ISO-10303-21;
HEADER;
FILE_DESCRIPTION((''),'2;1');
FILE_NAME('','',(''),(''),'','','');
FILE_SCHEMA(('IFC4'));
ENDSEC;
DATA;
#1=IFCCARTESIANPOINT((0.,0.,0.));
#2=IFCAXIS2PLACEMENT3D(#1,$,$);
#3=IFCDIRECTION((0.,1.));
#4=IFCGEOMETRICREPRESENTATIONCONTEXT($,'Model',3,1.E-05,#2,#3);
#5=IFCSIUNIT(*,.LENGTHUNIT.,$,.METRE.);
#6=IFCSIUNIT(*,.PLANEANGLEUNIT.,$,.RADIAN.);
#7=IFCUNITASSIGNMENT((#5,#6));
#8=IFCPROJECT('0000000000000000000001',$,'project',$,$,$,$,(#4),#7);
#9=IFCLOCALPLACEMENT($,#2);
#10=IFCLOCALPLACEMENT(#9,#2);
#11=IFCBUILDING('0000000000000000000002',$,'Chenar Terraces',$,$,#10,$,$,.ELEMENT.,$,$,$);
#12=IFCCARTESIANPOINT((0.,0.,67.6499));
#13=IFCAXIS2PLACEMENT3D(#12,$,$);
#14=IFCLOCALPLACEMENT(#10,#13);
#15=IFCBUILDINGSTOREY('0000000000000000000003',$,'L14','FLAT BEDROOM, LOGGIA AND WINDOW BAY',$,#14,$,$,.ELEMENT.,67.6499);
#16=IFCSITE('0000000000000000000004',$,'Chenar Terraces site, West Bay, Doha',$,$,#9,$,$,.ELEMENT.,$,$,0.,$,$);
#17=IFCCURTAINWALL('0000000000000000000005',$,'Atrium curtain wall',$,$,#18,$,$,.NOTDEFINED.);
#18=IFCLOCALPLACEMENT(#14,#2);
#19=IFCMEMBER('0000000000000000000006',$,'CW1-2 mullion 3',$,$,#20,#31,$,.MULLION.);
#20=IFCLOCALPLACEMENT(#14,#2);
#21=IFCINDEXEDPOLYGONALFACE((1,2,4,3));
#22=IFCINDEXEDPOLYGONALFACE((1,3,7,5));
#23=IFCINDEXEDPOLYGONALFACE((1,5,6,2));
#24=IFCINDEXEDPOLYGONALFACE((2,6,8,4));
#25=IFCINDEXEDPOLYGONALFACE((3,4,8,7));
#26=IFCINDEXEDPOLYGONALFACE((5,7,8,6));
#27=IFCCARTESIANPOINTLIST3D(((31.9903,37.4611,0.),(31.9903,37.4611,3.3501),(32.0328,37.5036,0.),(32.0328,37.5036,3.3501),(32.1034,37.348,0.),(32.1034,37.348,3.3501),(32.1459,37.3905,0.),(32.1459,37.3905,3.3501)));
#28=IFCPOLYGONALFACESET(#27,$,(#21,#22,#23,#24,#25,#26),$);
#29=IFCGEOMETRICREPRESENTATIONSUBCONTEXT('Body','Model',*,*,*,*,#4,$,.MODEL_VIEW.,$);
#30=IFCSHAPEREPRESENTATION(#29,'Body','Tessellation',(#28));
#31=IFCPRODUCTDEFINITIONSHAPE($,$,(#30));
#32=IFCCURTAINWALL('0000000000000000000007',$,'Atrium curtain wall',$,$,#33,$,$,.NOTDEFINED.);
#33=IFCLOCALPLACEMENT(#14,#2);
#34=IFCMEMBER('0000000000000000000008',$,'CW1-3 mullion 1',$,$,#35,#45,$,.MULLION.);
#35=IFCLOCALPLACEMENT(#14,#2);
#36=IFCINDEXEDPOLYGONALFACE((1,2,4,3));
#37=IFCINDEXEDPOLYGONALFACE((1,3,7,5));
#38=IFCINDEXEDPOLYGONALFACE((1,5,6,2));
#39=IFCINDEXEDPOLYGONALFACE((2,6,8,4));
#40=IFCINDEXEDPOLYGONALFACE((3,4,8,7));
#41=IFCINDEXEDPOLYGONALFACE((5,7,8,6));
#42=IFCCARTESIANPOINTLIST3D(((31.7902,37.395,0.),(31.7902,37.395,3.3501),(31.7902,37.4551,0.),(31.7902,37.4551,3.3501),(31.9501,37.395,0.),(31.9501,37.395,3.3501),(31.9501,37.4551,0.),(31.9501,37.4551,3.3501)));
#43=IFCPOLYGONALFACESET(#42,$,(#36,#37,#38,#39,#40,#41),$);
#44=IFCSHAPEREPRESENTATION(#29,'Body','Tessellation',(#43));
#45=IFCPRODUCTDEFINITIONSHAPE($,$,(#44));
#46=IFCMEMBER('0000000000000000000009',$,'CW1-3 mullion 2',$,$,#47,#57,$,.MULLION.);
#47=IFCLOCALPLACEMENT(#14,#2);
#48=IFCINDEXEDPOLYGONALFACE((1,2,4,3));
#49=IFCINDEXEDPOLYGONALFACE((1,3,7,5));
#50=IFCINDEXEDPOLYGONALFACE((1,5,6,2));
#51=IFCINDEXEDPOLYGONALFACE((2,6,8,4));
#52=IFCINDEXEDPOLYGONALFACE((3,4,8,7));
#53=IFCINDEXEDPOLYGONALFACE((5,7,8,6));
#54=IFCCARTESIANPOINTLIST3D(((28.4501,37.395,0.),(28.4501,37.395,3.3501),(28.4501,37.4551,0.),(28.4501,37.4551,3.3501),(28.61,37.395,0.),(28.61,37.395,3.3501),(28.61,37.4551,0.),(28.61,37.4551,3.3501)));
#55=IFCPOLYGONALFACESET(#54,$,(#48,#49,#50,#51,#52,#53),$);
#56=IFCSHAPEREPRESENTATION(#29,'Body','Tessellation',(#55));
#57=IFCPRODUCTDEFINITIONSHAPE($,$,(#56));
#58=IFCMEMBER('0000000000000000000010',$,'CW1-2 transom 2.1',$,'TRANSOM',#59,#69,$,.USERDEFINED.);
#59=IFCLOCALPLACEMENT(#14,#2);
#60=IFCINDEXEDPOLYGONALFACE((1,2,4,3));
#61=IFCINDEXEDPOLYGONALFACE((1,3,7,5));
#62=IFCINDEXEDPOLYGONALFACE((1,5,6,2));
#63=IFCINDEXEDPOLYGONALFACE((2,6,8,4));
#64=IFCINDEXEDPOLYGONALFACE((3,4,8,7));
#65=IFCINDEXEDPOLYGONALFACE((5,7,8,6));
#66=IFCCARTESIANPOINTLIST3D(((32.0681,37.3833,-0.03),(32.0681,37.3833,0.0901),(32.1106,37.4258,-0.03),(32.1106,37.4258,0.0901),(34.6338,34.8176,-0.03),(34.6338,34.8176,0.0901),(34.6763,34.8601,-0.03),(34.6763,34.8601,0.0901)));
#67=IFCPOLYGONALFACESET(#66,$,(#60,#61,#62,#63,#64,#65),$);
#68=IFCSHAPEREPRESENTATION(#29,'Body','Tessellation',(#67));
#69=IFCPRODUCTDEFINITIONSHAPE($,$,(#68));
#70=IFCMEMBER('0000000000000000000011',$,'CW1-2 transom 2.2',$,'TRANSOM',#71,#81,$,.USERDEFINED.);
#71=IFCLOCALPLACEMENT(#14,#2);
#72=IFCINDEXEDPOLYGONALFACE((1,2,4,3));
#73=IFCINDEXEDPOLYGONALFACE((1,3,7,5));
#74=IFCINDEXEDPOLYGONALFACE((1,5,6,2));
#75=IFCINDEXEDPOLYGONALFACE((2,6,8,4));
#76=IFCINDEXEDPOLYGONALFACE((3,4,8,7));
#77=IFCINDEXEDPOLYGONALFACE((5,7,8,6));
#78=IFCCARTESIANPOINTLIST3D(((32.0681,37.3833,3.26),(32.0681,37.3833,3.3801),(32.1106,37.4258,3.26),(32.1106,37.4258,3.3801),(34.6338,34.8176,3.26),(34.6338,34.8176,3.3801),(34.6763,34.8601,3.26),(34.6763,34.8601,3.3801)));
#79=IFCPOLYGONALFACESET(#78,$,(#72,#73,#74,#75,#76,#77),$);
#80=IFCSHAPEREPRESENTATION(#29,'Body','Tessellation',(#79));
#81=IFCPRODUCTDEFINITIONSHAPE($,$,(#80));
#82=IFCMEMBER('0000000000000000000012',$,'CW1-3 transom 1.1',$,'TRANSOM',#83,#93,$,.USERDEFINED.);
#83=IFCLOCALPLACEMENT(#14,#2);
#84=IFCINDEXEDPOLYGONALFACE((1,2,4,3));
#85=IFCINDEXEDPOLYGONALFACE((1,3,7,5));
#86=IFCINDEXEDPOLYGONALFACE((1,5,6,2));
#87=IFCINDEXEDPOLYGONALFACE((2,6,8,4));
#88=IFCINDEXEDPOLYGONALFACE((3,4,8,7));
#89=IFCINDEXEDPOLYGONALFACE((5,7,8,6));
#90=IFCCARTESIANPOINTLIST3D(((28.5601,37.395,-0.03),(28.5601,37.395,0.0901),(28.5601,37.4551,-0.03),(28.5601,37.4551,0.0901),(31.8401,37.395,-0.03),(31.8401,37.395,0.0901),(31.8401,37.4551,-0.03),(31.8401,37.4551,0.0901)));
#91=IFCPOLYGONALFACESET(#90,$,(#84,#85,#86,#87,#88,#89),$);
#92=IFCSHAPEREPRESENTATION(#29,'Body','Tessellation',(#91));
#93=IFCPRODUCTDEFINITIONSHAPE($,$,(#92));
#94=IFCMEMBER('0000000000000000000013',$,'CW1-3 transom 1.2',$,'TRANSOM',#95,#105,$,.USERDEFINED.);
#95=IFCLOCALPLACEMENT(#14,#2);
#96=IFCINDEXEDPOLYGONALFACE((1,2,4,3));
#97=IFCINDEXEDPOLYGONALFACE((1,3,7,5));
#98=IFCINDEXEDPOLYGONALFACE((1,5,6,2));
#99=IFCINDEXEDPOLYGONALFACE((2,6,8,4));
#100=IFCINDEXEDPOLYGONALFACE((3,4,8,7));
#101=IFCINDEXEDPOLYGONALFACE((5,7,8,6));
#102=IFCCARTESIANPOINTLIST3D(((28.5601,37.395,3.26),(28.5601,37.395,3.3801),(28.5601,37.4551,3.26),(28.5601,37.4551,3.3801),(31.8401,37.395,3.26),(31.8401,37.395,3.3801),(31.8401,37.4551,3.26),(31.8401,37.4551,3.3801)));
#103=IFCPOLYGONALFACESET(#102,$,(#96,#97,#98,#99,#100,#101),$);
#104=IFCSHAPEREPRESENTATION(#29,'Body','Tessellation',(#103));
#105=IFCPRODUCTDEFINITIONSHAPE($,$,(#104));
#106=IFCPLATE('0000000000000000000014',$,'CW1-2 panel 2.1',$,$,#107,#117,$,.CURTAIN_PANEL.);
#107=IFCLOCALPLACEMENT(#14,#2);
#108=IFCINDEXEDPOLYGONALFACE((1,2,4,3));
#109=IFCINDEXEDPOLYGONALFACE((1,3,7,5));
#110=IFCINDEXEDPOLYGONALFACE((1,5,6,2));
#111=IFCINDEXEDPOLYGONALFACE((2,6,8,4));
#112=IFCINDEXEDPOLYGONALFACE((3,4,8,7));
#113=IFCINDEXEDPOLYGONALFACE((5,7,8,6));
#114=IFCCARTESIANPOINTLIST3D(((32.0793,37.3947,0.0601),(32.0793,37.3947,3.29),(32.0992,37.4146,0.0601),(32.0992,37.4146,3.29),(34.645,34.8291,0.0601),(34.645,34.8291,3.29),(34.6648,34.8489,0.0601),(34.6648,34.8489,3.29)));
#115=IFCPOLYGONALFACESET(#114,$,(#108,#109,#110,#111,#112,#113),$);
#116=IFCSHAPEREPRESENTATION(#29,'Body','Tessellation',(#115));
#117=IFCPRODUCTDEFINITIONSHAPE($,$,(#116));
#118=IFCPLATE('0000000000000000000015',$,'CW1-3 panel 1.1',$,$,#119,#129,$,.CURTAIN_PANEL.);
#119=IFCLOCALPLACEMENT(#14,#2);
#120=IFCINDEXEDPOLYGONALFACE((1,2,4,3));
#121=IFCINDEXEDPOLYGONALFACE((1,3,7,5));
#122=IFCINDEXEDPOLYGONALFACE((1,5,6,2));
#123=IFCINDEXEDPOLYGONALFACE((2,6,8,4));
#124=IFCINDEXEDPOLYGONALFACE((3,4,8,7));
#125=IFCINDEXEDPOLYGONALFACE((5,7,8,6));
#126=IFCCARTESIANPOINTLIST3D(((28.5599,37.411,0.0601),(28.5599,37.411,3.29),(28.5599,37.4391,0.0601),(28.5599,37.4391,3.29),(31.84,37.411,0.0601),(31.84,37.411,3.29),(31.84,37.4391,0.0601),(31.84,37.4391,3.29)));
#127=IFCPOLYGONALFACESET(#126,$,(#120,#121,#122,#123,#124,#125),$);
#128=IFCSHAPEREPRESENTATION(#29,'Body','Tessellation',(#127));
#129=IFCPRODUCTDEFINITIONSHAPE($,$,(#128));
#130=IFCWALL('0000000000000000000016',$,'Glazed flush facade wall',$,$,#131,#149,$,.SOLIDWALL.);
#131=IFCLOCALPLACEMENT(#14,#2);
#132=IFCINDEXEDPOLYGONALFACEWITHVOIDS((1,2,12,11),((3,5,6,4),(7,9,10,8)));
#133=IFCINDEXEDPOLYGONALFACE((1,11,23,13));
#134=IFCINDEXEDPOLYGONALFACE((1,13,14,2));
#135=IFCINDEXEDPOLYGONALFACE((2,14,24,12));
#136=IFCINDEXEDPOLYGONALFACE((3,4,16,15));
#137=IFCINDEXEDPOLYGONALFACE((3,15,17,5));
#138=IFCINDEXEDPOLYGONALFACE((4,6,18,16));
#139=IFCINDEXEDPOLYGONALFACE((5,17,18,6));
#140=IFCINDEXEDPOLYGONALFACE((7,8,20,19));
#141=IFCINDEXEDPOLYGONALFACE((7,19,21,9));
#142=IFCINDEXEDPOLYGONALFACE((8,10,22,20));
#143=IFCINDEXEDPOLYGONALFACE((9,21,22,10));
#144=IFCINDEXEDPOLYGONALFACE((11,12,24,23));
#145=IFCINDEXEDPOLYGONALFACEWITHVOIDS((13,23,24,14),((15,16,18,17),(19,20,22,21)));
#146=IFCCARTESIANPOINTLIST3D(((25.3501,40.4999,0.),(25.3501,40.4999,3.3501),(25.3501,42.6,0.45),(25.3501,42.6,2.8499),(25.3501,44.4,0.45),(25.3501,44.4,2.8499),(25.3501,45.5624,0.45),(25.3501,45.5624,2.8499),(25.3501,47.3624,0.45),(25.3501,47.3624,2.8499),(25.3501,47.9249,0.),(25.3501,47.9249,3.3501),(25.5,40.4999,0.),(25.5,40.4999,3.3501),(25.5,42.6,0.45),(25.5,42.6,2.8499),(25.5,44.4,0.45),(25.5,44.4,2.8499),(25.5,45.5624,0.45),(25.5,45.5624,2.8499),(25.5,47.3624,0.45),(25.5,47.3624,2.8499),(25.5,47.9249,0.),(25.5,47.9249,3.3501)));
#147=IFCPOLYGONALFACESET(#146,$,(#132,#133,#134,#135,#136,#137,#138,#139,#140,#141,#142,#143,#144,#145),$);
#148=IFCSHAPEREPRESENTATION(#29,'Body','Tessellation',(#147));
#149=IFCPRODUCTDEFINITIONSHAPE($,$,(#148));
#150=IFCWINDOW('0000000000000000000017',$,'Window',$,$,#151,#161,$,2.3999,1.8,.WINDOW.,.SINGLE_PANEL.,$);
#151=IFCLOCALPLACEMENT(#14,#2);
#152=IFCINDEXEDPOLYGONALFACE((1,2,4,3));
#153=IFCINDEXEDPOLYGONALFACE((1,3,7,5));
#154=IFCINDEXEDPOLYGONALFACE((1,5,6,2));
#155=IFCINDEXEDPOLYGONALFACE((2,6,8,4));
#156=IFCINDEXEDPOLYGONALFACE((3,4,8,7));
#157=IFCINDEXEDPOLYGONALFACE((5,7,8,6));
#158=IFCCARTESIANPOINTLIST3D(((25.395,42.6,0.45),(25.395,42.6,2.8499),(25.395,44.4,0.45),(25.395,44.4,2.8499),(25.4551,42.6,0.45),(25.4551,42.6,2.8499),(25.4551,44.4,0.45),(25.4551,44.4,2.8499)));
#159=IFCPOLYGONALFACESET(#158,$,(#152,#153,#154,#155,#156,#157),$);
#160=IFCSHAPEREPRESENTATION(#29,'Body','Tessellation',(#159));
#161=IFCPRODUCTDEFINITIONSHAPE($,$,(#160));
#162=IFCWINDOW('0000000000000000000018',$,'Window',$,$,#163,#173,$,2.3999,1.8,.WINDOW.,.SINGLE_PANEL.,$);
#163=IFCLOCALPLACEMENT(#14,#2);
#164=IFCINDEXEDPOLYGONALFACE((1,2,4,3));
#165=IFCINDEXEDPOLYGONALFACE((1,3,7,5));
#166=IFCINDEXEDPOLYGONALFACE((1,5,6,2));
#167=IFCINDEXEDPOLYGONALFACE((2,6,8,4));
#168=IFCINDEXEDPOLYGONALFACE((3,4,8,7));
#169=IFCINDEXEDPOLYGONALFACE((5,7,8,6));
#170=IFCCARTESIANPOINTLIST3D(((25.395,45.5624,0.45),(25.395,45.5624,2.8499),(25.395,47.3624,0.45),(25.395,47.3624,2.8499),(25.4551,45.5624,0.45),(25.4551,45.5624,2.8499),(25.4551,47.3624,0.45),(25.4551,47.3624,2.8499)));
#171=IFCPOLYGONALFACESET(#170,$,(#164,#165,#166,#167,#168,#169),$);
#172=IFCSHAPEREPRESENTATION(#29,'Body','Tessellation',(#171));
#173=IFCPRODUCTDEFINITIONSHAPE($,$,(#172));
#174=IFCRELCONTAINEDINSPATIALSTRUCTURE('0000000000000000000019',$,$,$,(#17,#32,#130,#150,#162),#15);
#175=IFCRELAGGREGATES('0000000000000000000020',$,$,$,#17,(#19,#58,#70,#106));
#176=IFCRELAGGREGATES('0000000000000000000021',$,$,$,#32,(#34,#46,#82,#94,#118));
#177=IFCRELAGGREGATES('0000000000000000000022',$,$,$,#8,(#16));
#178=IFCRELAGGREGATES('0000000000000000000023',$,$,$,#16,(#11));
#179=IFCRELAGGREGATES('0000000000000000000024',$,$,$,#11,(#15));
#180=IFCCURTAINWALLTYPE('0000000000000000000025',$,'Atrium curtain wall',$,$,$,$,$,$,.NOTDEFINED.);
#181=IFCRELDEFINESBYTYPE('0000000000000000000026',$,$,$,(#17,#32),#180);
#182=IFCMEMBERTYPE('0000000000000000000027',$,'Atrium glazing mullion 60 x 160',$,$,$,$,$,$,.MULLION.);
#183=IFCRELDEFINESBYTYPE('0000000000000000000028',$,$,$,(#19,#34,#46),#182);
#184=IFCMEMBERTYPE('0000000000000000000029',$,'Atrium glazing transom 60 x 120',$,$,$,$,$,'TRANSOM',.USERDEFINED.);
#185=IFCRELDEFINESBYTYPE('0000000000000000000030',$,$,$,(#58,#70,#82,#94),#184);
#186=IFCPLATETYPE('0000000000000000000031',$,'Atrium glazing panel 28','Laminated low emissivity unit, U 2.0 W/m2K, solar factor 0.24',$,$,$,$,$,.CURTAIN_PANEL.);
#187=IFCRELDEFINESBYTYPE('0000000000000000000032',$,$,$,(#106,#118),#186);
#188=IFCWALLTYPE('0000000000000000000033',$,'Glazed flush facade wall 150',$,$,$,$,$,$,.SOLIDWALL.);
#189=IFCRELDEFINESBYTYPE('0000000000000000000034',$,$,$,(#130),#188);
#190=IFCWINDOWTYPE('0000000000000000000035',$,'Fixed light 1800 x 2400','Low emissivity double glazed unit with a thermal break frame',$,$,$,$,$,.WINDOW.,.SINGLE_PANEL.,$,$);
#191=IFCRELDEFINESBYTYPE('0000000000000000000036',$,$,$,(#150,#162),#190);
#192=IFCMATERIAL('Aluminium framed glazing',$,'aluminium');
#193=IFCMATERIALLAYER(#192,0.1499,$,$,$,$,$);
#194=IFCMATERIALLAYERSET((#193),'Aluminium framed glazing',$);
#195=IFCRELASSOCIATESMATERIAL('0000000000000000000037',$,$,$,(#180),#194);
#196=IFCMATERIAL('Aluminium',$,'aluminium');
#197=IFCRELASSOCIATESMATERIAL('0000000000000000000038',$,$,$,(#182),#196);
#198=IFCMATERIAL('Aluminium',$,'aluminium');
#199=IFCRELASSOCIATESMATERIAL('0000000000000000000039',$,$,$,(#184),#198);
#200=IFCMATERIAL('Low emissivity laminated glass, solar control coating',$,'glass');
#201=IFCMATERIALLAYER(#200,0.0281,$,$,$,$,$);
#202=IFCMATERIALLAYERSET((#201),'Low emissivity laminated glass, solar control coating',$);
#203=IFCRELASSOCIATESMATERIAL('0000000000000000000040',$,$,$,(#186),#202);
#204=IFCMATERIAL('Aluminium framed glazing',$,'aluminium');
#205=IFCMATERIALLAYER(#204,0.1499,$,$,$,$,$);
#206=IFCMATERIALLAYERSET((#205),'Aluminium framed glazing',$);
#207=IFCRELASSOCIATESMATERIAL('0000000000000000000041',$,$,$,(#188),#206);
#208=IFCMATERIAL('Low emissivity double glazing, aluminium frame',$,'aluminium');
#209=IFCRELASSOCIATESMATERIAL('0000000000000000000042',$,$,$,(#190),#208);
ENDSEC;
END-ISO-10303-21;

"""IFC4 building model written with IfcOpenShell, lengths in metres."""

from ifc_helpers import new_model, si_unit, direction, frame, frame_2d, origin, origin_2d, place, context, subcontext, project, spatial, rectangle, extrude, material, layer, layer_set, material_profile, profile_set, type_object, element, fill, aggregate, save


model = new_model("IFC4")

# Units and contexts
model_context = context("Model", 3, precision=1e-05, world=origin(), true_north=direction((0.0, 1.0)))
body_context = subcontext(model_context, "Body", "Model", "MODEL_VIEW")
ifc_project = project(units=[si_unit("LENGTHUNIT", "METRE"), si_unit("PLANEANGLEUNIT", "RADIAN")], contexts=[model_context])

# Site, building, storey
site_placement = place(None, origin())
site = spatial("IfcSite", under=ifc_project, at=site_placement, Name="Chenar Terraces site, West Bay, Doha", CompositionType="ELEMENT", RefElevation=0.0)
building_placement = place(site_placement, origin())
building = spatial("IfcBuilding", under=site, at=building_placement, Name="Chenar Terraces", CompositionType="ELEMENT")
storey_placement = place(building_placement, frame((0.0, 0.0, 67.6499)))
storey = spatial("IfcBuildingStorey", under=building, at=storey_placement, Name="L14", Description="FLAT BEDROOM, LOGGIA AND WINDOW BAY", CompositionType="ELEMENT", Elevation=67.6499)

# Curtain wall, member
ifc_material_1 = material(Name="Aluminium framed glazing", Category="aluminium")
ifc_layer_1 = layer(ifc_material_1, 0.1499)
ifc_layer_set_1 = layer_set([ifc_layer_1], Name="Aluminium framed glazing")
curtain_wall_type = type_object("IfcCurtainWallType", Name="Atrium curtain wall", PredefinedType="NOTDEFINED", material=ifc_layer_set_1)
placement = place(storey_placement, origin())
curtain_wall_1 = element("IfcCurtainWall", 1, at=placement, inside=storey, type_object=curtain_wall_type, Name="Atrium curtain wall", PredefinedType="NOTDEFINED")
ifc_material_2 = material(Name="Aluminium", Category="aluminium")
ifc_material_profile_1 = material_profile(ifc_material_2, rectangle(XDim=0.0601, YDim=0.1599, at=origin_2d()), Name="Atrium glazing mullion 60 x 160")
ifc_profile_set_1 = profile_set([ifc_material_profile_1], Name="Aluminium")
member_type_1 = type_object("IfcMemberType", Name="Atrium glazing mullion 60 x 160", PredefinedType="MULLION", material=ifc_profile_set_1)
member_1_placement = place(storey_placement, frame((32.0681, 37.4258, 0.0), z_axis=(0.0, 0.0, 1.0), x_axis=(-0.707107, -0.707107, 0.0)))
member_1 = element("IfcMember", 2, at=member_1_placement, type_object=member_type_1, Name="CW1-2 mullion 3", PredefinedType="MULLION", context=body_context, shape_type="SweptSolid", body=[
    extrude(rectangle(XDim=0.0601, YDim=0.1599, at=origin_2d()), origin(), (0.0, 0.0, 1.0), 3.3501),
])

# Curtain wall, members
curtain_wall_2 = element("IfcCurtainWall", 3, at=placement, inside=storey, type_object=curtain_wall_type, Name="Atrium curtain wall", PredefinedType="NOTDEFINED")
member_2_placement = place(storey_placement, frame((31.8701, 37.425, 0.0), z_axis=(0.0, 0.0, 1.0), x_axis=(0.0, -1.0, 0.0)))
member_2 = element("IfcMember", 4, at=member_2_placement, type_object=member_type_1, Name="CW1-3 mullion 1", PredefinedType="MULLION", context=body_context, shape_type="SweptSolid", body=[
    extrude(rectangle(XDim=0.0601, YDim=0.1599, at=origin_2d()), origin(), (0.0, 0.0, 1.0), 3.3501),
])
member_3_placement = place(storey_placement, frame((28.53, 37.425, 0.0), z_axis=(0.0, 0.0, 1.0), x_axis=(0.0, -1.0, 0.0)))
member_3 = element("IfcMember", 5, at=member_3_placement, type_object=member_type_1, Name="CW1-3 mullion 2", PredefinedType="MULLION", context=body_context, shape_type="SweptSolid", body=[
    extrude(rectangle(XDim=0.0601, YDim=0.1599, at=origin_2d()), origin(), (0.0, 0.0, 1.0), 3.3501),
])

# Members
ifc_material_3 = material(Name="Aluminium", Category="aluminium")
ifc_material_profile_2 = material_profile(ifc_material_3, rectangle(XDim=0.0601, YDim=0.1201, at=origin_2d()), Name="Atrium glazing transom 60 x 120")
ifc_profile_set_2 = profile_set([ifc_material_profile_2], Name="Aluminium")
member_type_2 = type_object("IfcMemberType", Name="Atrium glazing transom 60 x 120", ElementType="TRANSOM", PredefinedType="USERDEFINED", material=ifc_profile_set_2)
member_4_placement = place(storey_placement, frame((34.655, 34.8389, 0.03), z_axis=(-0.707107, 0.707107, 0.0), x_axis=(-0.707107, -0.707107, 0.0)))
member_4 = element("IfcMember", 6, at=member_4_placement, type_object=member_type_2, Name="CW1-2 transom 2.1", ObjectType="TRANSOM", PredefinedType="USERDEFINED", context=body_context, shape_type="SweptSolid", body=[
    extrude(rectangle(XDim=0.0601, YDim=0.1201, at=origin_2d()), origin(), (0.0, 0.0, 1.0), 3.6284),
])
member_5_placement = place(storey_placement, frame((34.655, 34.8389, 3.3201), z_axis=(-0.707107, 0.707107, 0.0), x_axis=(-0.707107, -0.707107, 0.0)))
member_5 = element("IfcMember", 7, at=member_5_placement, type_object=member_type_2, Name="CW1-2 transom 2.2", ObjectType="TRANSOM", PredefinedType="USERDEFINED", context=body_context, shape_type="SweptSolid", body=[
    extrude(rectangle(XDim=0.0601, YDim=0.1201, at=origin_2d()), origin(), (0.0, 0.0, 1.0), 3.6284),
])
member_6_placement = place(storey_placement, frame((31.8401, 37.425, 0.03), z_axis=(-1.0, 0.0, 0.0), x_axis=(0.0, -1.0, 0.0)))
member_6 = element("IfcMember", 8, at=member_6_placement, type_object=member_type_2, Name="CW1-3 transom 1.1", ObjectType="TRANSOM", PredefinedType="USERDEFINED", context=body_context, shape_type="SweptSolid", body=[
    extrude(rectangle(XDim=0.0601, YDim=0.1201, at=origin_2d()), origin(), (0.0, 0.0, 1.0), 3.28),
])
member_7_placement = place(storey_placement, frame((31.8401, 37.425, 3.3201), z_axis=(-1.0, 0.0, 0.0), x_axis=(0.0, -1.0, 0.0)))
member_7 = element("IfcMember", 9, at=member_7_placement, type_object=member_type_2, Name="CW1-3 transom 1.2", ObjectType="TRANSOM", PredefinedType="USERDEFINED", context=body_context, shape_type="SweptSolid", body=[
    extrude(rectangle(XDim=0.0601, YDim=0.1201, at=origin_2d()), origin(), (0.0, 0.0, 1.0), 3.28),
])

# Plates
ifc_material_4 = material(Name="Low emissivity laminated glass, solar control coating", Category="glass")
ifc_layer_2 = layer(ifc_material_4, 0.0281)
ifc_layer_set_2 = layer_set([ifc_layer_2], Name="Low emissivity laminated glass, solar control coating")
plate_type = type_object("IfcPlateType", Name="Atrium glazing panel 28", Description="Laminated low emissivity unit, U 2.0 W/m2K, solar factor 0.24", PredefinedType="CURTAIN_PANEL", material=ifc_layer_set_2)
plate_1_placement = place(storey_placement, frame((33.3721, 36.1218, 0.0601), z_axis=(0.0, 0.0, 1.0), x_axis=(-0.707107, 0.707107, 0.0)))
plate_1 = element("IfcPlate", 10, at=plate_1_placement, type_object=plate_type, Name="CW1-2 panel 2.1", PredefinedType="CURTAIN_PANEL", context=body_context, shape_type="SweptSolid", body=[
    extrude(rectangle(XDim=3.6284, YDim=0.0281, at=origin_2d()), origin(), (0.0, 0.0, 1.0), 3.23),
])
aggregate(curtain_wall_1, [member_1, member_4, member_5, plate_1])
plate_2_placement = place(storey_placement, frame((30.2, 37.425, 0.0601), z_axis=(0.0, 0.0, 1.0), x_axis=(-1.0, 0.0, 0.0)))
plate_2 = element("IfcPlate", 11, at=plate_2_placement, type_object=plate_type, Name="CW1-3 panel 1.1", PredefinedType="CURTAIN_PANEL", context=body_context, shape_type="SweptSolid", body=[
    extrude(rectangle(XDim=3.28, YDim=0.0281, at=origin_2d()), origin(), (0.0, 0.0, 1.0), 3.23),
])
aggregate(curtain_wall_2, [member_2, member_3, member_6, member_7, plate_2])

# Wall, openings, windows
ifc_material_5 = material(Name="Aluminium framed glazing", Category="aluminium")
ifc_layer_3 = layer(ifc_material_5, 0.1499)
ifc_layer_set_3 = layer_set([ifc_layer_3], Name="Aluminium framed glazing")
wall_type_1 = type_object("IfcWallType", Name="Glazed flush facade wall 150", PredefinedType="SOLIDWALL", material=ifc_layer_set_3)
wall_1_placement = place(storey_placement, frame((25.425, 40.5, 0.0), z_axis=(0.0, 0.0, 1.0), x_axis=(0.0, 1.0, 0.0)))
wall_1 = element("IfcWall", 12, at=wall_1_placement, inside=storey, type_object=wall_type_1, Name="Glazed flush facade wall", PredefinedType="SOLIDWALL", context=body_context, shape_type="SweptSolid", body=[
    extrude(rectangle(XDim=7.425, YDim=0.1499, at=frame_2d((3.7124, 0.0))), origin(), (0.0, 0.0, 1.0), 3.3501),
])
opening_1_placement = place(wall_1_placement, frame((2.1001, 0.0, 0.45)))
opening_1 = element("IfcOpeningElement", 13, at=opening_1_placement, cuts=wall_1, PredefinedType="OPENING", context=body_context, shape_type="SweptSolid", body=[
    extrude(rectangle(XDim=1.8, YDim=2.3999, at=frame_2d((0.8999, 1.2))), frame((0.0, 0.085, 0.0), z_axis=(0.0, -1.0, 0.0), x_axis=(1.0, 0.0, 0.0)), (0.0, 0.0, 1.0), 0.1699),
])
opening_2_placement = place(wall_1_placement, frame((5.0625, 0.0, 0.45)))
opening_2 = element("IfcOpeningElement", 14, at=opening_2_placement, cuts=wall_1, PredefinedType="OPENING", context=body_context, shape_type="SweptSolid", body=[
    extrude(rectangle(XDim=1.8, YDim=2.3999, at=frame_2d((0.8999, 1.2))), frame((0.0, 0.085, 0.0), z_axis=(0.0, -1.0, 0.0), x_axis=(1.0, 0.0, 0.0)), (0.0, 0.0, 1.0), 0.1699),
])
ifc_material_6 = material(Name="Low emissivity double glazing, aluminium frame", Category="aluminium")
window_type_1 = type_object("IfcWindowType", Name="Fixed light 1800 x 2400", Description="Low emissivity double glazed unit with a thermal break frame", PartitioningType="SINGLE_PANEL", PredefinedType="WINDOW", material=ifc_material_6)
window_1_placement = place(opening_1_placement, origin())
window_1 = element("IfcWindow", 15, at=window_1_placement, inside=storey, type_object=window_type_1, Name="Window", OverallHeight=2.3999, OverallWidth=1.8, PartitioningType="SINGLE_PANEL", PredefinedType="WINDOW", context=body_context, shape_type="SweptSolid", body=[
    extrude(rectangle(XDim=1.8, YDim=2.3999, at=frame_2d((0.8999, 1.2))), frame((0.0, 0.03, 0.0), z_axis=(0.0, -1.0, 0.0), x_axis=(1.0, 0.0, 0.0)), (0.0, 0.0, 1.0), 0.0601),
])
fill(opening_1, window_1)
window_2_placement = place(opening_2_placement, origin())
window_2 = element("IfcWindow", 16, at=window_2_placement, inside=storey, type_object=window_type_1, Name="Window", OverallHeight=2.3999, OverallWidth=1.8, PartitioningType="SINGLE_PANEL", PredefinedType="WINDOW", context=body_context, shape_type="SweptSolid", body=[
    extrude(rectangle(XDim=1.8, YDim=2.3999, at=frame_2d((0.8999, 1.2))), frame((0.0, 0.03, 0.0), z_axis=(0.0, -1.0, 0.0), x_axis=(1.0, 0.0, 0.0)), (0.0, 0.0, 1.0), 0.0601),
])
fill(opening_2, window_2)

save(model, "model.ifc")
